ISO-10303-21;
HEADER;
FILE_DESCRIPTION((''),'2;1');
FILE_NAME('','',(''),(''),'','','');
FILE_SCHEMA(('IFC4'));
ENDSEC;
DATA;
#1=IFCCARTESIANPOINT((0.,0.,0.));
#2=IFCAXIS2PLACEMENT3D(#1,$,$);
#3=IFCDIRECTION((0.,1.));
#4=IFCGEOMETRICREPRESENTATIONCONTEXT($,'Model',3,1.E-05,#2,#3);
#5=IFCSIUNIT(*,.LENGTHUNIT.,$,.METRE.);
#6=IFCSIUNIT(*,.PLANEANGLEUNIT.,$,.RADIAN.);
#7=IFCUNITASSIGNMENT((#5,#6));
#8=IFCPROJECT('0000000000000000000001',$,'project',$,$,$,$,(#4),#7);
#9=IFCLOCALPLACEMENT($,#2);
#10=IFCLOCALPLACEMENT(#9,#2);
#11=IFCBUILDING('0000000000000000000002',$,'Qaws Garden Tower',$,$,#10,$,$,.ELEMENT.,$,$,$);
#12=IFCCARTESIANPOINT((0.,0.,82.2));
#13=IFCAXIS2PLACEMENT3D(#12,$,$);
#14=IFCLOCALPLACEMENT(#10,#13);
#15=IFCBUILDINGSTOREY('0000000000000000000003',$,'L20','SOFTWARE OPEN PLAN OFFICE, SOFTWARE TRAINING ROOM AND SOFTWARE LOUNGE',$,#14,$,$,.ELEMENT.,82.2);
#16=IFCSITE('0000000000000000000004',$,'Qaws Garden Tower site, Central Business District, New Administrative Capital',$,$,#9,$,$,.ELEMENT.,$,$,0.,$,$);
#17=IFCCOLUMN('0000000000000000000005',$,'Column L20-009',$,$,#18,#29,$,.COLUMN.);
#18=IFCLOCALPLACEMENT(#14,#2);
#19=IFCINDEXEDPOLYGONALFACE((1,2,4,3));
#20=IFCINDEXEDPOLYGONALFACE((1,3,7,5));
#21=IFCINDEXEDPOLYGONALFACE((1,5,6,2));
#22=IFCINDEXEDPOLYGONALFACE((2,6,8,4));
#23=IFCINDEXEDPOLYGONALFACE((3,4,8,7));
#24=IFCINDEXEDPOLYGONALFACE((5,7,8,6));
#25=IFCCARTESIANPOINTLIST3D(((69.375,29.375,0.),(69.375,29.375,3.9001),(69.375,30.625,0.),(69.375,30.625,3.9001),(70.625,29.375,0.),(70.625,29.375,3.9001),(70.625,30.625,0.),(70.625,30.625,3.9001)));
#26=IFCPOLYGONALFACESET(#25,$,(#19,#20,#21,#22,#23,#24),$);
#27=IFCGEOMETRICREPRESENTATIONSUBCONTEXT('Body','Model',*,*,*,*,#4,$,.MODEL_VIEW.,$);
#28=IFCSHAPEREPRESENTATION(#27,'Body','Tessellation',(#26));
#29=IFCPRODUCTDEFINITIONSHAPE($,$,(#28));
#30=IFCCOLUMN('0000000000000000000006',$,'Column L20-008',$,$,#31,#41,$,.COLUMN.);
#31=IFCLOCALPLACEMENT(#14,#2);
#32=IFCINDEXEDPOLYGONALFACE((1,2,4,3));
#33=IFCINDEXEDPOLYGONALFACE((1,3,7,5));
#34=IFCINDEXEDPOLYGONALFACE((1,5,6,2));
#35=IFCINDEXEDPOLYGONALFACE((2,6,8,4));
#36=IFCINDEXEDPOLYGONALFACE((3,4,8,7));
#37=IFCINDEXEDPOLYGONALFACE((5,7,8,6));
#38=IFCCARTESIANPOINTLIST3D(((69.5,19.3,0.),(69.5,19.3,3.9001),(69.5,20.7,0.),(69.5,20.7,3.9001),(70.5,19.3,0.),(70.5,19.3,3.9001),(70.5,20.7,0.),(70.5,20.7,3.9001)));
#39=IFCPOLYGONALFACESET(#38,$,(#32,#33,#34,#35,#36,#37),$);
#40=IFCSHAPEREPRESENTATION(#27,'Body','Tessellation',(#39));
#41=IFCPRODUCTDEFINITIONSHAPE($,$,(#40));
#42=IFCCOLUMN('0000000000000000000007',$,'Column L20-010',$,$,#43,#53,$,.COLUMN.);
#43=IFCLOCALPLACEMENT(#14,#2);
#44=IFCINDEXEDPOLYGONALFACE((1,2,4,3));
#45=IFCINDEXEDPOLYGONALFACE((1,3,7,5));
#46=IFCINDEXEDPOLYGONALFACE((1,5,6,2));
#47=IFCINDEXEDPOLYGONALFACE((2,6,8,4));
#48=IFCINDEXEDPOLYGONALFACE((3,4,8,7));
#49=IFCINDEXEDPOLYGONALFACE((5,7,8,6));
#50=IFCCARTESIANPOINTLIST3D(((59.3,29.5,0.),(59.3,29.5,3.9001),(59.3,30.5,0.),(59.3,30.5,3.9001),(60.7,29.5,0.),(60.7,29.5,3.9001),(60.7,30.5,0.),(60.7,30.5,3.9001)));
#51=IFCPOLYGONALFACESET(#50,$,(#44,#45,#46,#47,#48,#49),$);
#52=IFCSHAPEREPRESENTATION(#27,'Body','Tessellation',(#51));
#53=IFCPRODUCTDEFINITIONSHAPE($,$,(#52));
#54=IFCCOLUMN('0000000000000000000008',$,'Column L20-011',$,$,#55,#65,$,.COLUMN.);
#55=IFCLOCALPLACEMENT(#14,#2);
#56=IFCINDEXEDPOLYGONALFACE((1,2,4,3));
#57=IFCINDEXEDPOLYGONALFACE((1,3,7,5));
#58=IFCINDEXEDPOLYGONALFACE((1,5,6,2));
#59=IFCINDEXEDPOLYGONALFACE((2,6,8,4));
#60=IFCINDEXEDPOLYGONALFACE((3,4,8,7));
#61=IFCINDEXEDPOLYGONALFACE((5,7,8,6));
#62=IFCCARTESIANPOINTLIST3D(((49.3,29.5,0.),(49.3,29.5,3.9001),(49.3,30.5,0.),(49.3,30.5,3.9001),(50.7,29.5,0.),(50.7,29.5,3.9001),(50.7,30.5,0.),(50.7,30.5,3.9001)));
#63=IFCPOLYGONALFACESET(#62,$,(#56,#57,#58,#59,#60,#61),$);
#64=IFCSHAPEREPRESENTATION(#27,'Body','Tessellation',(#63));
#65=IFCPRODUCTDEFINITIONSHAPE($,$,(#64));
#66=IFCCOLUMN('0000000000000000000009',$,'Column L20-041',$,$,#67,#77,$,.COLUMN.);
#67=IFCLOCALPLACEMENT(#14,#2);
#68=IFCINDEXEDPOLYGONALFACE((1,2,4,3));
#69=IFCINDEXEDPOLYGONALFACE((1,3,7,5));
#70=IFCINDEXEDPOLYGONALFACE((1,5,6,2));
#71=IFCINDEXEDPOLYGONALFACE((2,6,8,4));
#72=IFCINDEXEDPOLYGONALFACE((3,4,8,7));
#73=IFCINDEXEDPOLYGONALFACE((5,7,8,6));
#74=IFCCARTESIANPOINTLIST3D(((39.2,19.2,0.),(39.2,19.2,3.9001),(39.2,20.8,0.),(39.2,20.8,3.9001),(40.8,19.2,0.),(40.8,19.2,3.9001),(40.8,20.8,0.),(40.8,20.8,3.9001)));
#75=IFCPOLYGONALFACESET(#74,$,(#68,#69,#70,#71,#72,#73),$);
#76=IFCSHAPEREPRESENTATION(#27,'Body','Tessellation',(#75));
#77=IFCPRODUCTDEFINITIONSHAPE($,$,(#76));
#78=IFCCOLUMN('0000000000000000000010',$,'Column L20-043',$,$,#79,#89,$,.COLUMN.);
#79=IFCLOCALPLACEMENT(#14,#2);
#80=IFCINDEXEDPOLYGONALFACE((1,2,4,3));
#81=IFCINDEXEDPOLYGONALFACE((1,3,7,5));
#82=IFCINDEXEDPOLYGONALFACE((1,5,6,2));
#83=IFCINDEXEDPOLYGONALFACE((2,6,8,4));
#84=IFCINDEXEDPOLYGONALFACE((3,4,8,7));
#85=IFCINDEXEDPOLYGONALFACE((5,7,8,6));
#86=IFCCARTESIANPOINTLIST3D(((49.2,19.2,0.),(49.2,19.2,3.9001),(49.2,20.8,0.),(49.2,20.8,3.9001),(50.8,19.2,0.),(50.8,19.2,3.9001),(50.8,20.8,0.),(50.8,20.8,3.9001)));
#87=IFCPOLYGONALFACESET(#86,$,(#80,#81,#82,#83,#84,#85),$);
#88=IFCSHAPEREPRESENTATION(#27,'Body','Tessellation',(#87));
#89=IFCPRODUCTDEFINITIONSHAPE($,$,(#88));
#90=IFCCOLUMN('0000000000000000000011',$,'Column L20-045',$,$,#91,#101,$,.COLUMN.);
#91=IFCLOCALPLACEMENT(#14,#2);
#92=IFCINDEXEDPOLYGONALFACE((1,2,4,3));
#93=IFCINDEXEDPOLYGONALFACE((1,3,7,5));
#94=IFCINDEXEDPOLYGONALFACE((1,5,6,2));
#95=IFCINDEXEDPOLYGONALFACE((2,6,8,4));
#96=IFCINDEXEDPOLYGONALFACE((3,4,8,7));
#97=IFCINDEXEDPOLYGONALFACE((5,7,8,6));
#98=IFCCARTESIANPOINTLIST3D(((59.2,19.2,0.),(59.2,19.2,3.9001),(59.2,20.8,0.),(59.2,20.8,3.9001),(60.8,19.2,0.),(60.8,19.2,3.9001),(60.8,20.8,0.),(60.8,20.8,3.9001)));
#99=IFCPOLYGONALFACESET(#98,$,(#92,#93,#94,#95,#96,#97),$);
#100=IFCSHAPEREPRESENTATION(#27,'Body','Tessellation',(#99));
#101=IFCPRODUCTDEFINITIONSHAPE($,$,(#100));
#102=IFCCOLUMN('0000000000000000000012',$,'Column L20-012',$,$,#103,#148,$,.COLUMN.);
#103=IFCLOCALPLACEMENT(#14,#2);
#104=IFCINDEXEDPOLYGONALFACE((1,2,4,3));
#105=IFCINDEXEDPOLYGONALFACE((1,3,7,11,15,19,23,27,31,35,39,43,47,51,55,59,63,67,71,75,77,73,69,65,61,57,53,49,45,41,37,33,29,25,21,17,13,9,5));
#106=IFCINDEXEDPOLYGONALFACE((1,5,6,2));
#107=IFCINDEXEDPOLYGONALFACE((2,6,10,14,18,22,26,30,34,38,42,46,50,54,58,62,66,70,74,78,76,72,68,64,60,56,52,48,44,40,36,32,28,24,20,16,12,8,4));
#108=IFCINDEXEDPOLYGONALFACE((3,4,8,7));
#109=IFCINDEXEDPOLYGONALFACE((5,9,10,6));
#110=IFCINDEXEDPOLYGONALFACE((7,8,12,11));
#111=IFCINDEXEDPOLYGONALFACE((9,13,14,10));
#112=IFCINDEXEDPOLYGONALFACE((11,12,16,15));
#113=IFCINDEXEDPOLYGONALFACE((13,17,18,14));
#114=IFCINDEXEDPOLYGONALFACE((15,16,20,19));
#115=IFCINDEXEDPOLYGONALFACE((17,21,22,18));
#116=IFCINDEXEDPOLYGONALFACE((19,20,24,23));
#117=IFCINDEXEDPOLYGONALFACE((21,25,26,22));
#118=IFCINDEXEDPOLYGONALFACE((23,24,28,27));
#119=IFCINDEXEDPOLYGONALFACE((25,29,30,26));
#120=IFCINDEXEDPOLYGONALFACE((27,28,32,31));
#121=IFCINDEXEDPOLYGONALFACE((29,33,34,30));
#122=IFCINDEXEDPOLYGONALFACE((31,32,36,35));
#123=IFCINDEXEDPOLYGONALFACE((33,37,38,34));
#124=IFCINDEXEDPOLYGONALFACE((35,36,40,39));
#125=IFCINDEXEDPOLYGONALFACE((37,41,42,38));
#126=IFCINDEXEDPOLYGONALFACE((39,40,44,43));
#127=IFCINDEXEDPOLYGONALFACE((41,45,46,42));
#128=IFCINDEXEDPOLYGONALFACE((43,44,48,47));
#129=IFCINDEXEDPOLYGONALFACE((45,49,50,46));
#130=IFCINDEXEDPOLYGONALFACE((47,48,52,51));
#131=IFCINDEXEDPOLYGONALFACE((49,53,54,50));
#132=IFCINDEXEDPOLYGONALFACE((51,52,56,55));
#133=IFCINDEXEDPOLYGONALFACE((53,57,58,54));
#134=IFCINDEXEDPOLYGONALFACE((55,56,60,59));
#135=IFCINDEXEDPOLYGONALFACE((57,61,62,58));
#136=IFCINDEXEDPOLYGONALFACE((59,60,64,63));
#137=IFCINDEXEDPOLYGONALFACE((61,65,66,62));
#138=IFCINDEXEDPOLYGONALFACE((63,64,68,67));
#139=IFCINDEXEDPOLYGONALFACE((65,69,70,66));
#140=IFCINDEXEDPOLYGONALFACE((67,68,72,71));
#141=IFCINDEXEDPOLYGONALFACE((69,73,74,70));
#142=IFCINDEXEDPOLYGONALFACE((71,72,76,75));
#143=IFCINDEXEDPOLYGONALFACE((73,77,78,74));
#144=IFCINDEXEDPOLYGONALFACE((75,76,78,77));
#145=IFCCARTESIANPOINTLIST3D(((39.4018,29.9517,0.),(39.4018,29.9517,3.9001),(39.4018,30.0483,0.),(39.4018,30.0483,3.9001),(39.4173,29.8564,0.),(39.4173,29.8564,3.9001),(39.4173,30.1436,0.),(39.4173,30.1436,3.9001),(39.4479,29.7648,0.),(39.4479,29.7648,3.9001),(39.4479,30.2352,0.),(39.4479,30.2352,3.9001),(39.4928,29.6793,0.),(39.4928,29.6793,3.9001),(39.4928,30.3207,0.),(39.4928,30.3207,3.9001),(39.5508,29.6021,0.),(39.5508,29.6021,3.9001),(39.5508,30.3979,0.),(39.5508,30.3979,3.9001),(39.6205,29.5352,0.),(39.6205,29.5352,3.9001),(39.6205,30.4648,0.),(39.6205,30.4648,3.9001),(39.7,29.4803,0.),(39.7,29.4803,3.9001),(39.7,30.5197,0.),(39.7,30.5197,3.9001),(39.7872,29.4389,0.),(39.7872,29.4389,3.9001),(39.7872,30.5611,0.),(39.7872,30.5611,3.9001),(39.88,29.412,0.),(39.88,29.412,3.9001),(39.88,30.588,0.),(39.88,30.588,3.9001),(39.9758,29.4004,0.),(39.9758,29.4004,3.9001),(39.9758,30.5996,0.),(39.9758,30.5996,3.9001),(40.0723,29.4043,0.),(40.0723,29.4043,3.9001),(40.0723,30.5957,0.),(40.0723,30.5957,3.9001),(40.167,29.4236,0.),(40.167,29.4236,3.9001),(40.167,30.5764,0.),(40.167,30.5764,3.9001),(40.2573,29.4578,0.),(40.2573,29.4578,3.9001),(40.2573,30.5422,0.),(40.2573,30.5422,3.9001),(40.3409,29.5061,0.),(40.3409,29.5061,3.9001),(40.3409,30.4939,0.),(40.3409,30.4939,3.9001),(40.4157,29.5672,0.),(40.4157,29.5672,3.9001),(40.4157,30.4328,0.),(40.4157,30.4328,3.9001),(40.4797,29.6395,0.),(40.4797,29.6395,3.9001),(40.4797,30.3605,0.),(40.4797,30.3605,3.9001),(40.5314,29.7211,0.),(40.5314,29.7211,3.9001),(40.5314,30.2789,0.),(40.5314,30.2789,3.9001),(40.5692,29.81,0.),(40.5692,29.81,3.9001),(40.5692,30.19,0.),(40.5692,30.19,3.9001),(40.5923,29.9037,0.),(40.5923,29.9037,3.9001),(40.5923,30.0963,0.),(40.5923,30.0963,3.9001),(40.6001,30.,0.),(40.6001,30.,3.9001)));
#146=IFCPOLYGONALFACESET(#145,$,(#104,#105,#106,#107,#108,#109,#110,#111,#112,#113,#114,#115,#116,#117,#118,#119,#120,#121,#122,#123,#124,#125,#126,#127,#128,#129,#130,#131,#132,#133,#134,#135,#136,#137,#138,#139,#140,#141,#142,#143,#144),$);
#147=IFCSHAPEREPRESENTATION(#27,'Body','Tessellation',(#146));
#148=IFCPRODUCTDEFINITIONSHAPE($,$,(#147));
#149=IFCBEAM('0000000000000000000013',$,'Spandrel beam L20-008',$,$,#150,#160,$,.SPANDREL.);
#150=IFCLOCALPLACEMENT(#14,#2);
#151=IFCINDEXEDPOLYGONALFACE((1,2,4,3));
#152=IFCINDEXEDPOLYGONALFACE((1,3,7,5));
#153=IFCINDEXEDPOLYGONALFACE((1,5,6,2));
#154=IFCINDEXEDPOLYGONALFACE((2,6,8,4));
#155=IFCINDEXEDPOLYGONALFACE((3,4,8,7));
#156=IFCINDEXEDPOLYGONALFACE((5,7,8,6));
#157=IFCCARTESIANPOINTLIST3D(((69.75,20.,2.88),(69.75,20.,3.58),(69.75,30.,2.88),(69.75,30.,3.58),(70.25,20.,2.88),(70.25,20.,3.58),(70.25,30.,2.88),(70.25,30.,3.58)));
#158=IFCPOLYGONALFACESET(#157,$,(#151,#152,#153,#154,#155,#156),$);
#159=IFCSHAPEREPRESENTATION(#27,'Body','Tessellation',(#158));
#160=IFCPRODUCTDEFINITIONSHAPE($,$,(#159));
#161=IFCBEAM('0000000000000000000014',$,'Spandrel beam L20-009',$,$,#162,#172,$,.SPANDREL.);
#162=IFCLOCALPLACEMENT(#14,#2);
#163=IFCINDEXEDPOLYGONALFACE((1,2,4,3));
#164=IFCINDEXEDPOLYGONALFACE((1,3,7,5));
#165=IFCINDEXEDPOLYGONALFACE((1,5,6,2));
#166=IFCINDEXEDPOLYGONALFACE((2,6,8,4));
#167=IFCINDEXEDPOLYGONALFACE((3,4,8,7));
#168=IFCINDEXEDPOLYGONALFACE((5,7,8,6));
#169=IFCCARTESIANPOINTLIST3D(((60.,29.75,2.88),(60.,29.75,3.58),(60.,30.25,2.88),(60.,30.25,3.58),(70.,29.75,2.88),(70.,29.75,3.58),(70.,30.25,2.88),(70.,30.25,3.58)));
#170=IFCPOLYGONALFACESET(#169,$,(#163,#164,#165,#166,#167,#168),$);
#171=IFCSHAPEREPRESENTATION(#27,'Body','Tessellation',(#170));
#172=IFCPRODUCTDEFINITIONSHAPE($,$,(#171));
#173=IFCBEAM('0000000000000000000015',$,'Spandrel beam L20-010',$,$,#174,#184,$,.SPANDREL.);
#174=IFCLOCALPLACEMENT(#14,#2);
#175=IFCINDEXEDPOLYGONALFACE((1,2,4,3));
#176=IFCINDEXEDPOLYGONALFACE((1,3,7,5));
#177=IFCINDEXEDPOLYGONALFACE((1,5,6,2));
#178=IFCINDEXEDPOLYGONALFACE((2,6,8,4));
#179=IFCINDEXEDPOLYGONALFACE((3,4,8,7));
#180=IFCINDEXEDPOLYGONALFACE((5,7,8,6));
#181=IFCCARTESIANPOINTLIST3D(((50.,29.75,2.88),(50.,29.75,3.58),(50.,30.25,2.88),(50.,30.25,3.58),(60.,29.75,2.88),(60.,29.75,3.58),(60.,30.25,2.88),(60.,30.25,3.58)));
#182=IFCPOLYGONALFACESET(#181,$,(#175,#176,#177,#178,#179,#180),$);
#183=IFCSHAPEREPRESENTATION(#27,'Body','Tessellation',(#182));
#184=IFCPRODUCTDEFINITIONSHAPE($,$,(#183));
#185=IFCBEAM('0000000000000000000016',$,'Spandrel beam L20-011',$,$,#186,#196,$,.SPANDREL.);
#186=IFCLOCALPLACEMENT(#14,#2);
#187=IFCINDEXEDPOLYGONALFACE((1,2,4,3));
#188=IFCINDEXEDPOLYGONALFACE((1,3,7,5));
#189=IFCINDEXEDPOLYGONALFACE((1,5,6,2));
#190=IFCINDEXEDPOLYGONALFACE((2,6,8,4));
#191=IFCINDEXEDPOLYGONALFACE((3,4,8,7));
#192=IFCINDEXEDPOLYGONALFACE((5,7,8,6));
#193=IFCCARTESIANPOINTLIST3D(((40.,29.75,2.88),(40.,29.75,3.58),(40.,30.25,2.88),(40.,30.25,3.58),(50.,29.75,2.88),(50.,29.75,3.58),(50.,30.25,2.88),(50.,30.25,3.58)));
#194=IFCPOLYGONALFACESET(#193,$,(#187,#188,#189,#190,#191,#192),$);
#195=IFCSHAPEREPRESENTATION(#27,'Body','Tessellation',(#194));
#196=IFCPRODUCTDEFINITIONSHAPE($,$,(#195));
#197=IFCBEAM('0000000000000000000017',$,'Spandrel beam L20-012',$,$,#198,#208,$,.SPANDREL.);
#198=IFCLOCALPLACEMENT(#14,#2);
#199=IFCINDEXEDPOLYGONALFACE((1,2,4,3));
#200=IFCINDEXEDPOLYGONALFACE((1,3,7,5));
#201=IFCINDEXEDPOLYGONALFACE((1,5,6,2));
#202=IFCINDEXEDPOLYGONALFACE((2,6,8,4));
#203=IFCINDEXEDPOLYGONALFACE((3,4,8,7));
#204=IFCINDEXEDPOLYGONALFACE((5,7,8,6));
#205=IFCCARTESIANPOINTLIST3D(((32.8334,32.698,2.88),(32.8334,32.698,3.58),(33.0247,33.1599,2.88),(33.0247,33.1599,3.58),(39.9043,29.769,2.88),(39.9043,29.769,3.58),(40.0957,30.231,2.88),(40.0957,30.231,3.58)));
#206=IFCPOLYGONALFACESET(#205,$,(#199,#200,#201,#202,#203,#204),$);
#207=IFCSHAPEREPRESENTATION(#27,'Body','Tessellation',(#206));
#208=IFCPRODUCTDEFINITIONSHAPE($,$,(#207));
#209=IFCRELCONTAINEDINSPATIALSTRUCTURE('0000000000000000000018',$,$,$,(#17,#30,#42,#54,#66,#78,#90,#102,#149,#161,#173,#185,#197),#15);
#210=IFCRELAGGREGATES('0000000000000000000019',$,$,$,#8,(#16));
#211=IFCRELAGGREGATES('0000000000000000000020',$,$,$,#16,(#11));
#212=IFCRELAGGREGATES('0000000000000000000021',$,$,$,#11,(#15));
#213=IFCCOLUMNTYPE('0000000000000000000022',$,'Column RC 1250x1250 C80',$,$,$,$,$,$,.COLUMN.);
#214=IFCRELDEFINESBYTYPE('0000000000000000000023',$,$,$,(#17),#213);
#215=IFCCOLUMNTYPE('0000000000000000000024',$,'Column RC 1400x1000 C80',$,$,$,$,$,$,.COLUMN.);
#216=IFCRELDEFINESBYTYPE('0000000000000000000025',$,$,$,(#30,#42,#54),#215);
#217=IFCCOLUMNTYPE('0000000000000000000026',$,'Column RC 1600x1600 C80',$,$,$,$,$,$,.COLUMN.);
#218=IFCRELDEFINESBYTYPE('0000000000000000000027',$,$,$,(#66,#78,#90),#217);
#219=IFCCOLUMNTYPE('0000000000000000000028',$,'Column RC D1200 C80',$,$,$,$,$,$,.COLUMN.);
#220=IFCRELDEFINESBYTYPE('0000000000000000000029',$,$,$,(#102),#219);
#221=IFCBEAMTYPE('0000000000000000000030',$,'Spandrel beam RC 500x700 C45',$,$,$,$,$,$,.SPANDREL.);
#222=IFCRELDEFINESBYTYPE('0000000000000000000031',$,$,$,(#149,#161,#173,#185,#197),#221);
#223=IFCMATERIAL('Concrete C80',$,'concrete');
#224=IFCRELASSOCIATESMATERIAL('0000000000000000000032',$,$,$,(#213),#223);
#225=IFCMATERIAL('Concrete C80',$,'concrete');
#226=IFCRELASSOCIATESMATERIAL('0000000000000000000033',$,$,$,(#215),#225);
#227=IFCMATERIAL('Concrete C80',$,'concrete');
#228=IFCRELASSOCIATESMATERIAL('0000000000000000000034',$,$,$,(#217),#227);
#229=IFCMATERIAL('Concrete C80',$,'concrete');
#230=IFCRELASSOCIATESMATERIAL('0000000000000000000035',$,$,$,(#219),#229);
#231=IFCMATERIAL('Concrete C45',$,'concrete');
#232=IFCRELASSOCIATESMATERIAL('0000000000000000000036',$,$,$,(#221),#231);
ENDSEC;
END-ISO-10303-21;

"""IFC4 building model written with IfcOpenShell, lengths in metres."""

from ifc_helpers import new_model, si_unit, direction, frame, origin, origin_2d, place, context, subcontext, project, spatial, rectangle, circle, extrude, material, material_profile, profile_set, type_object, element, save


model = new_model("IFC4")

# Units and contexts
model_context = context("Model", 3, precision=1e-05, world=origin(), true_north=direction((0.0, 1.0)))
body_context = subcontext(model_context, "Body", "Model", "MODEL_VIEW")
ifc_project = project(units=[si_unit("LENGTHUNIT", "METRE"), si_unit("PLANEANGLEUNIT", "RADIAN")], contexts=[model_context])

# Site, building, storey
site_placement = place(None, origin())
site = spatial("IfcSite", under=ifc_project, at=site_placement, Name="Qaws Garden Tower site, Central Business District, New Administrative Capital", CompositionType="ELEMENT", RefElevation=0.0)
building_placement = place(site_placement, origin())
building = spatial("IfcBuilding", under=site, at=building_placement, Name="Qaws Garden Tower", CompositionType="ELEMENT")
storey_placement = place(building_placement, frame((0.0, 0.0, 82.2)))
storey = spatial("IfcBuildingStorey", under=building, at=storey_placement, Name="L20", Description="SOFTWARE OPEN PLAN OFFICE, SOFTWARE TRAINING ROOM AND SOFTWARE LOUNGE", CompositionType="ELEMENT", Elevation=82.2)

# Columns
ifc_material_1 = material(Name="Concrete C80", Category="concrete")
ifc_material_profile_1 = material_profile(ifc_material_1, rectangle(XDim=1.25, YDim=1.25, at=origin_2d()), Name="RC 1250x1250")
ifc_profile_set_1 = profile_set([ifc_material_profile_1], Name="Concrete C80")
column_type_1 = type_object("IfcColumnType", Name="Column RC 1250x1250 C80", PredefinedType="COLUMN", material=ifc_profile_set_1)
column_1_placement = place(storey_placement, frame((70.0, 30.0, 0.0), z_axis=(0.0, 0.0, 1.0), x_axis=(1.0, 0.0, 0.0)))
element("IfcColumn", 1, at=column_1_placement, inside=storey, type_object=column_type_1, Name="Column L20-009", PredefinedType="COLUMN", context=body_context, shape_type="SweptSolid", body=[
    extrude(rectangle(XDim=1.25, YDim=1.25, at=origin_2d()), origin(), (0.0, 0.0, 1.0), 3.9001),
])
ifc_material_2 = material(Name="Concrete C80", Category="concrete")
ifc_material_profile_2 = material_profile(ifc_material_2, rectangle(XDim=1.3999, YDim=1.0, at=origin_2d()), Name="RC 1400x1000")
ifc_profile_set_2 = profile_set([ifc_material_profile_2], Name="Concrete C80")
column_type_2 = type_object("IfcColumnType", Name="Column RC 1400x1000 C80", PredefinedType="COLUMN", material=ifc_profile_set_2)
for number, where, z_axis, x_axis, name in (
    (2, (70.0, 20.0, 0.0), (0.0, 0.0, 1.0), (0.0, 1.0, 0.0), "Column L20-008"),
    (3, (60.0, 30.0, 0.0), (0.0, 0.0, 1.0), (1.0, 0.0, 0.0), "Column L20-010"),
    (4, (50.0, 30.0, 0.0), (0.0, 0.0, 1.0), (1.0, 0.0, 0.0), "Column L20-011"),
):
    element("IfcColumn", number, at=place(storey_placement, frame(where, z_axis=z_axis, x_axis=x_axis)), inside=storey, type_object=column_type_2, Name=name, PredefinedType="COLUMN", context=body_context, shape_type="SweptSolid", body=[
        extrude(rectangle(XDim=1.3999, YDim=1.0, at=origin_2d()), origin(), (0.0, 0.0, 1.0), 3.9001),
    ])
ifc_material_3 = material(Name="Concrete C80", Category="concrete")
ifc_material_profile_3 = material_profile(ifc_material_3, rectangle(XDim=1.6001, YDim=1.6001, at=origin_2d()), Name="RC 1600x1600")
ifc_profile_set_3 = profile_set([ifc_material_profile_3], Name="Concrete C80")
column_type_3 = type_object("IfcColumnType", Name="Column RC 1600x1600 C80", PredefinedType="COLUMN", material=ifc_profile_set_3)
for number, where, z_axis, x_axis, name in (
    (5, (40.0, 20.0, 0.0), (0.0, 0.0, 1.0), (1.0, 0.0, 0.0), "Column L20-041"),
    (6, (50.0, 20.0, 0.0), (0.0, 0.0, 1.0), (1.0, 0.0, 0.0), "Column L20-043"),
    (7, (60.0, 20.0, 0.0), (0.0, 0.0, 1.0), (1.0, 0.0, 0.0), "Column L20-045"),
):
    element("IfcColumn", number, at=place(storey_placement, frame(where, z_axis=z_axis, x_axis=x_axis)), inside=storey, type_object=column_type_3, Name=name, PredefinedType="COLUMN", context=body_context, shape_type="SweptSolid", body=[
        extrude(rectangle(XDim=1.6001, YDim=1.6001, at=origin_2d()), origin(), (0.0, 0.0, 1.0), 3.9001),
    ])
ifc_material_4 = material(Name="Concrete C80", Category="concrete")
ifc_material_profile_4 = material_profile(ifc_material_4, circle(Radius=0.6001, at=origin_2d()), Name="RC D1200")
ifc_profile_set_4 = profile_set([ifc_material_profile_4], Name="Concrete C80")
column_type_4 = type_object("IfcColumnType", Name="Column RC D1200 C80", PredefinedType="COLUMN", material=ifc_profile_set_4)
column_2_placement = place(storey_placement, frame((40.0, 30.0, 0.0), z_axis=(0.0, 0.0, 1.0), x_axis=(1.0, 0.0, 0.0)))
element("IfcColumn", 8, at=column_2_placement, inside=storey, type_object=column_type_4, Name="Column L20-012", PredefinedType="COLUMN", context=body_context, shape_type="SweptSolid", body=[
    extrude(circle(Radius=0.6001, at=origin_2d()), origin(), (0.0, 0.0, 1.0), 3.9001),
])

# Beams
ifc_material_5 = material(Name="Concrete C45", Category="concrete")
ifc_material_profile_5 = material_profile(ifc_material_5, rectangle(XDim=0.5, YDim=0.7, at=origin_2d()), Name="RC 500x700")
ifc_profile_set_5 = profile_set([ifc_material_profile_5], Name="Concrete C45")
beam_type = type_object("IfcBeamType", Name="Spandrel beam RC 500x700 C45", PredefinedType="SPANDREL", material=ifc_profile_set_5)
for number, where, z_axis, x_axis, name in (
    (9, (70.0, 20.0, 3.23), (0.0, 1.0, 0.0), (-1.0, 0.0, 0.0), "Spandrel beam L20-008"),
    (10, (70.0, 30.0, 3.23), (-1.0, 0.0, 0.0), (0.0, -1.0, 0.0), "Spandrel beam L20-009"),
    (11, (60.0, 30.0, 3.23), (-1.0, 0.0, 0.0), (0.0, -1.0, 0.0), "Spandrel beam L20-010"),
    (12, (50.0, 30.0, 3.23), (-1.0, 0.0, 0.0), (0.0, -1.0, 0.0), "Spandrel beam L20-011"),
):
    element("IfcBeam", number, at=place(storey_placement, frame(where, z_axis=z_axis, x_axis=x_axis)), inside=storey, type_object=beam_type, Name=name, PredefinedType="SPANDREL", context=body_context, shape_type="SweptSolid", body=[
        extrude(rectangle(XDim=0.5, YDim=0.7, at=origin_2d()), origin(), (0.0, 0.0, 1.0), 10.0),
    ])
beam_placement = place(storey_placement, frame((40.0, 30.0, 3.23), z_axis=(-0.923878, 0.382687, 0.0), x_axis=(-0.382687, -0.923878, 0.0)))
element("IfcBeam", 13, at=beam_placement, inside=storey, type_object=beam_type, Name="Spandrel beam L20-012", PredefinedType="SPANDREL", context=body_context, shape_type="SweptSolid", body=[
    extrude(rectangle(XDim=0.5, YDim=0.7, at=origin_2d()), origin(), (0.0, 0.0, 1.0), 7.6536),
])

save(model, "model.ifc")
